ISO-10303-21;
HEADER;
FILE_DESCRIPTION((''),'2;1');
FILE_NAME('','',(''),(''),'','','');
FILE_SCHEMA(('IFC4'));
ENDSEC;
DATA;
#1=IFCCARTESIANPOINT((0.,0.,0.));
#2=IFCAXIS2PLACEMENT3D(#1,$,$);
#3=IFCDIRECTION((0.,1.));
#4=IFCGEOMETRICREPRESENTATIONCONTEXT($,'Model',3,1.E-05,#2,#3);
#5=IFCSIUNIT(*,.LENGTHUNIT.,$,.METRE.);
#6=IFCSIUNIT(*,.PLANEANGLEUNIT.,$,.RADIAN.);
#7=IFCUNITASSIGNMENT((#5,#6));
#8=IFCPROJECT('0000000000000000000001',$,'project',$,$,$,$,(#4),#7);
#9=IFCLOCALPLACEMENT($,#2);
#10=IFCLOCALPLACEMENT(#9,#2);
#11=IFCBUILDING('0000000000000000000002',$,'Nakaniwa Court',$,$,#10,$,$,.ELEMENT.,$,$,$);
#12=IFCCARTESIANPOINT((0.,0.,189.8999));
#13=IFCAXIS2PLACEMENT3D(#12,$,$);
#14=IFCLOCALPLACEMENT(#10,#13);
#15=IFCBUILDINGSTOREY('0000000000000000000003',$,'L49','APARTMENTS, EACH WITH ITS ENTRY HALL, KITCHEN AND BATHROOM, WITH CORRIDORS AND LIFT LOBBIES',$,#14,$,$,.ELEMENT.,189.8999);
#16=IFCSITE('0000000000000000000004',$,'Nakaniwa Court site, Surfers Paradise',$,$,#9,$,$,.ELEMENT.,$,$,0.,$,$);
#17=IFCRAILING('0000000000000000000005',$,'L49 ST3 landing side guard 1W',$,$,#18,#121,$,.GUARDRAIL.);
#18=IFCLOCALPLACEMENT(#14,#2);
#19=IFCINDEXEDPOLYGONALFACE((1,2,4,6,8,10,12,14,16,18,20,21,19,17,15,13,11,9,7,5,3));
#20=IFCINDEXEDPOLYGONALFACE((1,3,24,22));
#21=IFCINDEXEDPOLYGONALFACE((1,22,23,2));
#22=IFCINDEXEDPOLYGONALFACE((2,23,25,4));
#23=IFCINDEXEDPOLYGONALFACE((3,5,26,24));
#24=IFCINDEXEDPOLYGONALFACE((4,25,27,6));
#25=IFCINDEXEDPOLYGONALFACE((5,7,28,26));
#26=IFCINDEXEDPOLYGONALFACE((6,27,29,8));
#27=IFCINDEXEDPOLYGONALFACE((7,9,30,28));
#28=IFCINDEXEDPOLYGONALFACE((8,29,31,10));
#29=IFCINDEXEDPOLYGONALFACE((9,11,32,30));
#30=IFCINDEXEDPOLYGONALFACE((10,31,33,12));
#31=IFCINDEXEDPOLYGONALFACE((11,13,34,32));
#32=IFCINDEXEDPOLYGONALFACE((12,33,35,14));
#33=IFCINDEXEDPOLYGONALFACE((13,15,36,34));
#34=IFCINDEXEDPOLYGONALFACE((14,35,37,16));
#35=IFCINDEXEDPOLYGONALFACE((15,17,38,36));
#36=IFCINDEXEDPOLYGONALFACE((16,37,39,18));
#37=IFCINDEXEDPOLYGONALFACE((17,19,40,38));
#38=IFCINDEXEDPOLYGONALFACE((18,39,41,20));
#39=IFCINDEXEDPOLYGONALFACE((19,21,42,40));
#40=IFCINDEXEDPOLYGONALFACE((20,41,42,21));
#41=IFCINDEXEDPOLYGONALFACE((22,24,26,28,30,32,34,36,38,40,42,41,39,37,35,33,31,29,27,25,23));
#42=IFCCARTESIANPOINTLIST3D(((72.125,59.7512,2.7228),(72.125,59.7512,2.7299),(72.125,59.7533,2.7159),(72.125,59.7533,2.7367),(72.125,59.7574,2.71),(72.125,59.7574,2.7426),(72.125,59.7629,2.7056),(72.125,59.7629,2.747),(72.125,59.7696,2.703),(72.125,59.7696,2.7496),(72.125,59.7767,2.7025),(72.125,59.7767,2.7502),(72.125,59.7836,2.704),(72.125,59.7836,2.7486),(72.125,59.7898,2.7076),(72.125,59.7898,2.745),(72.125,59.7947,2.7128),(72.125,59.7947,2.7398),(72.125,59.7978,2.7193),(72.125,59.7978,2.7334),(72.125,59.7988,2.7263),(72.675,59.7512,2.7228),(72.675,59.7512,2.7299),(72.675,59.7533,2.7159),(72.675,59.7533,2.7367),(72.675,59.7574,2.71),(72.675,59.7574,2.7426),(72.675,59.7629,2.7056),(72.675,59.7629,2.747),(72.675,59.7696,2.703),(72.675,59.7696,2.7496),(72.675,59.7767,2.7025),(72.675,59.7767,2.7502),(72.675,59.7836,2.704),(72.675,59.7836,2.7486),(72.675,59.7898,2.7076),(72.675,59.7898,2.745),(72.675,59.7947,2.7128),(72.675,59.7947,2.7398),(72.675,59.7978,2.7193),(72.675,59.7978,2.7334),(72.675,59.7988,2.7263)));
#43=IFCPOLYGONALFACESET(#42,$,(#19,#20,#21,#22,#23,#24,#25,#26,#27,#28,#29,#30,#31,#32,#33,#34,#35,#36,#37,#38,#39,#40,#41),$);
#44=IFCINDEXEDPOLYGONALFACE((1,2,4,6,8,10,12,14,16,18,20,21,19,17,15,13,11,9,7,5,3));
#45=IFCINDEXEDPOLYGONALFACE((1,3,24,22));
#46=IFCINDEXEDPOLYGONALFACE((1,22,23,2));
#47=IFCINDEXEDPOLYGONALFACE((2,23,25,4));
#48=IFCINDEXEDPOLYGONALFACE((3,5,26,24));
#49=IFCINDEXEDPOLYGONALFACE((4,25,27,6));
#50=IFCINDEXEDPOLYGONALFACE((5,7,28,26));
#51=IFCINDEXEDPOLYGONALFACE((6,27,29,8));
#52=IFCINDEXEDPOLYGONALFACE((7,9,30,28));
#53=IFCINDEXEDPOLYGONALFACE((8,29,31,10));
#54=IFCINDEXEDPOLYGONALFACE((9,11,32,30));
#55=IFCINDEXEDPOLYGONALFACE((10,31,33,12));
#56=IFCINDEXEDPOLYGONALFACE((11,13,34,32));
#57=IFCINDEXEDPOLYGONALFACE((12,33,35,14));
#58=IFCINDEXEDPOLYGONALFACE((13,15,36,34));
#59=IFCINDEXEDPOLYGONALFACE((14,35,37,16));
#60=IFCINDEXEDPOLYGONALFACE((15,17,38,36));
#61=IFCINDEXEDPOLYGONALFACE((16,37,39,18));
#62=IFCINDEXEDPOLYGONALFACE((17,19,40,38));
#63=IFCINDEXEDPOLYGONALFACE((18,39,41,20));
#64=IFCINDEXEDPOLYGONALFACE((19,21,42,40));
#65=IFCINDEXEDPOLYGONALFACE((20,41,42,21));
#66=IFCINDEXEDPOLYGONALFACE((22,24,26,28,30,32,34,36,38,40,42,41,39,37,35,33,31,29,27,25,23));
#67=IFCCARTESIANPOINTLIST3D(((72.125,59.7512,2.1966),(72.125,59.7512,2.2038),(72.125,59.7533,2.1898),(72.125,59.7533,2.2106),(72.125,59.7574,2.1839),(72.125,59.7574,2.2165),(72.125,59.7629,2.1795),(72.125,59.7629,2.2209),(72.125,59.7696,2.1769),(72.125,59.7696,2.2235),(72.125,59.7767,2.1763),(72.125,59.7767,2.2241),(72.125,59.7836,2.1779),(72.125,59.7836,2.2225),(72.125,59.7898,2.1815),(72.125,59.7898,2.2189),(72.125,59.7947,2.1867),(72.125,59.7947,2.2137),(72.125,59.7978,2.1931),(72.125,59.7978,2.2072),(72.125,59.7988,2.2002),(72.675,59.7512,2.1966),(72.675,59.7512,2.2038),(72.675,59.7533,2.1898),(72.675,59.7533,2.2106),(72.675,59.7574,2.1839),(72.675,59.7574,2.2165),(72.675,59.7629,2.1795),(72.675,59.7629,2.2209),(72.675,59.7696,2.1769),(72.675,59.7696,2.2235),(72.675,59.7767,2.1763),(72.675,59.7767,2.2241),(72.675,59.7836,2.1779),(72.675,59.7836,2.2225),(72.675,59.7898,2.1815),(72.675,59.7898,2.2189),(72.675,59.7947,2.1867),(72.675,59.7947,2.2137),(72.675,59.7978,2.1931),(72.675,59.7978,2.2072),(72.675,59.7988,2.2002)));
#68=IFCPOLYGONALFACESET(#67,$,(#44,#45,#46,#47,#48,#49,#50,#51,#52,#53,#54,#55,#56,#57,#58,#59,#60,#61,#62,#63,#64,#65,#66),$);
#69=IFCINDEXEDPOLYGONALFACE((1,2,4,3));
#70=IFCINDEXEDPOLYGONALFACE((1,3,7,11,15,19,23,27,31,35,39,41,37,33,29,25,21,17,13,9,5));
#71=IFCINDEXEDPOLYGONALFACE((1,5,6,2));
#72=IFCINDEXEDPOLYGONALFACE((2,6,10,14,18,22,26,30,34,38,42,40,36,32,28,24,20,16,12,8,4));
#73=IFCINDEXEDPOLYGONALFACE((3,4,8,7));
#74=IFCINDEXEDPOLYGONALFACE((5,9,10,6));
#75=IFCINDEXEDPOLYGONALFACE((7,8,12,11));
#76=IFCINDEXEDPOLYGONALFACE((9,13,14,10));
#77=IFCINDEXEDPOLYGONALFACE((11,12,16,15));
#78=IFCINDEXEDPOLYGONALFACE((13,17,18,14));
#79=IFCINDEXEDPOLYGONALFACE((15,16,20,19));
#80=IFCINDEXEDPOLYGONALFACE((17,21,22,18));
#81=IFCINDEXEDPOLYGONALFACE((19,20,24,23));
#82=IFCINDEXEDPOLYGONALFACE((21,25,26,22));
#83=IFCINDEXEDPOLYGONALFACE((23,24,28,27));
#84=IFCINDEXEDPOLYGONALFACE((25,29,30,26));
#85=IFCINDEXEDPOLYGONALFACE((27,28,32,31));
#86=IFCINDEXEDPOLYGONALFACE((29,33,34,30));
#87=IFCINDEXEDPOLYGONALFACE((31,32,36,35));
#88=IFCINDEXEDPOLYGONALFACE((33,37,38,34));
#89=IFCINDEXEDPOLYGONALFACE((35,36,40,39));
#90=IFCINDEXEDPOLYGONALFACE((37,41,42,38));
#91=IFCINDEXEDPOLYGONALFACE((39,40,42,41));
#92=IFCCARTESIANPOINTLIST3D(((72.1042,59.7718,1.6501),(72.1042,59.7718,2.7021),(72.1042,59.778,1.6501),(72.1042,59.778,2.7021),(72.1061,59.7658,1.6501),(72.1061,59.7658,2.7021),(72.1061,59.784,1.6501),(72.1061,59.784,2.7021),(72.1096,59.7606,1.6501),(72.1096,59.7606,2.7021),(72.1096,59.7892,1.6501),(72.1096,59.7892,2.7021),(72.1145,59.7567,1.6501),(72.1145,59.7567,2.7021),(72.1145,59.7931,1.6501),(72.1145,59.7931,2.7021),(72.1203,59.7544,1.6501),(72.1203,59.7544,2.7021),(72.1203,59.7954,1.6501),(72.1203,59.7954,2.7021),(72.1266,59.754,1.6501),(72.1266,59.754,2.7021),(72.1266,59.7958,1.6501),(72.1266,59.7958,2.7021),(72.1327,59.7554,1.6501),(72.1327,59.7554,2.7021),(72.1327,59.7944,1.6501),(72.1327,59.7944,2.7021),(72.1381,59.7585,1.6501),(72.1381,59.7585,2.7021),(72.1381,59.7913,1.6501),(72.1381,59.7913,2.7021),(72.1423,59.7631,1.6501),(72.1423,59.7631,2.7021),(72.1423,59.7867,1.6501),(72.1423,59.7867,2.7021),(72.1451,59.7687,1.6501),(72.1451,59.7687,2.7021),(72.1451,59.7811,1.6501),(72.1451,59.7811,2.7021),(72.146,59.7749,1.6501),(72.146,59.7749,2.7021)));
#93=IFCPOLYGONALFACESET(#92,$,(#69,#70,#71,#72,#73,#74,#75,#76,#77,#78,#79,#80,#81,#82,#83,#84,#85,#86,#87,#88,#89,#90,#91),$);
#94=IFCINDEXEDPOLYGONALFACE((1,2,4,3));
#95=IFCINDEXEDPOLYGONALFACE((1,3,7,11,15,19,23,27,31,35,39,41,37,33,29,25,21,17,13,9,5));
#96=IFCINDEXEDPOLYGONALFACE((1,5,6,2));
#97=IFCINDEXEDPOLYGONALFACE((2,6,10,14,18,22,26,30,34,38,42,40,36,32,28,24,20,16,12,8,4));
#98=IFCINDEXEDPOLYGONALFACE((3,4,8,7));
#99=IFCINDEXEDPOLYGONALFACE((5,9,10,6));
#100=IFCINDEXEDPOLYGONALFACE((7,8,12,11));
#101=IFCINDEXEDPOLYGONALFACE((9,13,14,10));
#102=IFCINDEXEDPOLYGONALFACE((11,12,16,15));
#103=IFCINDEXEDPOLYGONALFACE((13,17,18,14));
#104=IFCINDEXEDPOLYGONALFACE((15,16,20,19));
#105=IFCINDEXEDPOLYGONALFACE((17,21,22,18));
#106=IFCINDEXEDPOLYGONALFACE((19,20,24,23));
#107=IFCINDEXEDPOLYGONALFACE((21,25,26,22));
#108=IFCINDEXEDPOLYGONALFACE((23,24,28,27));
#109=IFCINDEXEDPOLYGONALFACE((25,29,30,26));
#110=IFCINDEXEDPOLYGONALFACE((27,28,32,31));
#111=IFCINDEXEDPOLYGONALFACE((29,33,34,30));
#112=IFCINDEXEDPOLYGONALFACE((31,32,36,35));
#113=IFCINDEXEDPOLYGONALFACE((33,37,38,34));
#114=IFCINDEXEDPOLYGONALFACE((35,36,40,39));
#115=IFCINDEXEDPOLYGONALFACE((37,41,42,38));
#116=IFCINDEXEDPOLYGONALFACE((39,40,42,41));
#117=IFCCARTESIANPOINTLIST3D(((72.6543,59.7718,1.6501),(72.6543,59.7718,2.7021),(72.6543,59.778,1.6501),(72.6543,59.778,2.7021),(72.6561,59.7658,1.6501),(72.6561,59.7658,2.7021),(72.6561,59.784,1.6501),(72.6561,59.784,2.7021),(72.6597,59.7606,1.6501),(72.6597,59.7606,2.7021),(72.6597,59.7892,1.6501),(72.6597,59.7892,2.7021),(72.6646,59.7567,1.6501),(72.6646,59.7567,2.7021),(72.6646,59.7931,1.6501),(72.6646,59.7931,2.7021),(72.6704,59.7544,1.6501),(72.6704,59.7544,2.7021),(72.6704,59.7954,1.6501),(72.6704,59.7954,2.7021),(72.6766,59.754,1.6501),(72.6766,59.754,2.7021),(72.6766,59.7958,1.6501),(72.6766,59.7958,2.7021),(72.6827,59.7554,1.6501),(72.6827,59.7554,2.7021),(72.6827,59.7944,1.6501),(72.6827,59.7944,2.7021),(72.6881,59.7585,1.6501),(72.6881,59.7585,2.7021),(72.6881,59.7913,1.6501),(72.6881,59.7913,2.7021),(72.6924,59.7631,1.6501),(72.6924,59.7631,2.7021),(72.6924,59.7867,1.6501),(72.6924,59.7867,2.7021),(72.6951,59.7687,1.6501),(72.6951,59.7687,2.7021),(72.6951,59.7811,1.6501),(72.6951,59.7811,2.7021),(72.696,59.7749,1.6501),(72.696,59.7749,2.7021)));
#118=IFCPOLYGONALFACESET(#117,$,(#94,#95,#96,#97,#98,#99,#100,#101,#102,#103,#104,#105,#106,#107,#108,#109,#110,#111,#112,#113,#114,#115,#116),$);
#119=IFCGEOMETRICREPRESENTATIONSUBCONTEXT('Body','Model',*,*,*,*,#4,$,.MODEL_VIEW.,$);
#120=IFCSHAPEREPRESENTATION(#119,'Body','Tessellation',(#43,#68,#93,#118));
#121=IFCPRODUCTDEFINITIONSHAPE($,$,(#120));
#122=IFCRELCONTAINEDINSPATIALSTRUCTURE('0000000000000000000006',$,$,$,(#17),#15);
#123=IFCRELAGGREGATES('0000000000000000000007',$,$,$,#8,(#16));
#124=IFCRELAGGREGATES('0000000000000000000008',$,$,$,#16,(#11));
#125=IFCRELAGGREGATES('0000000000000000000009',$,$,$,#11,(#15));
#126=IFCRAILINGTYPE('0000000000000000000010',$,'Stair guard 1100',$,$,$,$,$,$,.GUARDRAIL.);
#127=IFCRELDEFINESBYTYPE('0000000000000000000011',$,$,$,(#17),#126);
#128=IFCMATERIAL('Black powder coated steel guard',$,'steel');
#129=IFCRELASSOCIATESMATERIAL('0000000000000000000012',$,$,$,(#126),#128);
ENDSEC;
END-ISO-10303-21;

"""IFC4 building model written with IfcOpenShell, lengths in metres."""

from ifc_helpers import new_model, si_unit, direction, frame, origin, origin_2d, place, context, subcontext, project, spatial, circle, extrude, material, type_object, element, save


model = new_model("IFC4")

# Units and contexts
model_context = context("Model", 3, precision=1e-05, world=origin(), true_north=direction((0.0, 1.0)))
body_context = subcontext(model_context, "Body", "Model", "MODEL_VIEW")
ifc_project = project(units=[si_unit("LENGTHUNIT", "METRE"), si_unit("PLANEANGLEUNIT", "RADIAN")], contexts=[model_context])

# Site, building, storey
site_placement = place(None, origin())
site = spatial("IfcSite", under=ifc_project, at=site_placement, Name="Nakaniwa Court site, Surfers Paradise", CompositionType="ELEMENT", RefElevation=0.0)
building_placement = place(site_placement, origin())
building = spatial("IfcBuilding", under=site, at=building_placement, Name="Nakaniwa Court", CompositionType="ELEMENT")
storey_placement = place(building_placement, frame((0.0, 0.0, 189.8999)))
storey = spatial("IfcBuildingStorey", under=building, at=storey_placement, Name="L49", Description="APARTMENTS, EACH WITH ITS ENTRY HALL, KITCHEN AND BATHROOM, WITH CORRIDORS AND LIFT LOBBIES", CompositionType="ELEMENT", Elevation=189.8999)

# Railing
ifc_material_1 = material(Name="Black powder coated steel guard", Category="steel")
railing_type_1 = type_object("IfcRailingType", Name="Stair guard 1100", PredefinedType="GUARDRAIL", material=ifc_material_1)
for number, where, name in (
    (1, (72.125, 59.7749, 1.6501), "L49 ST3 landing side guard 1W"),
):
    element("IfcRailing", number, at=place(storey_placement, frame(where)), inside=storey, type_object=railing_type_1, Name=name, PredefinedType="GUARDRAIL", context=body_context, shape_type="SweptSolid", body=[
        extrude(circle(Radius=0.0239, at=origin_2d()), frame((0.0, 0.0, 1.0762), z_axis=(1.0, 0.0, 0.0), x_axis=(0.0, 1.0, 0.0)), (0.0, 0.0, 1.0), 0.55),
        extrude(circle(Radius=0.0239, at=origin_2d()), frame((0.0, 0.0, 0.55), z_axis=(1.0, 0.0, 0.0), x_axis=(0.0, 1.0, 0.0)), (0.0, 0.0, 1.0), 0.55),
        extrude(circle(Radius=0.021, at=origin_2d()), origin(), (0.0, 0.0, 1.0), 1.052),
        extrude(circle(Radius=0.021, at=origin_2d()), frame((0.55, 0.0, 0.0)), (0.0, 0.0, 1.0), 1.052),
    ])

save(model, "model.ifc")
